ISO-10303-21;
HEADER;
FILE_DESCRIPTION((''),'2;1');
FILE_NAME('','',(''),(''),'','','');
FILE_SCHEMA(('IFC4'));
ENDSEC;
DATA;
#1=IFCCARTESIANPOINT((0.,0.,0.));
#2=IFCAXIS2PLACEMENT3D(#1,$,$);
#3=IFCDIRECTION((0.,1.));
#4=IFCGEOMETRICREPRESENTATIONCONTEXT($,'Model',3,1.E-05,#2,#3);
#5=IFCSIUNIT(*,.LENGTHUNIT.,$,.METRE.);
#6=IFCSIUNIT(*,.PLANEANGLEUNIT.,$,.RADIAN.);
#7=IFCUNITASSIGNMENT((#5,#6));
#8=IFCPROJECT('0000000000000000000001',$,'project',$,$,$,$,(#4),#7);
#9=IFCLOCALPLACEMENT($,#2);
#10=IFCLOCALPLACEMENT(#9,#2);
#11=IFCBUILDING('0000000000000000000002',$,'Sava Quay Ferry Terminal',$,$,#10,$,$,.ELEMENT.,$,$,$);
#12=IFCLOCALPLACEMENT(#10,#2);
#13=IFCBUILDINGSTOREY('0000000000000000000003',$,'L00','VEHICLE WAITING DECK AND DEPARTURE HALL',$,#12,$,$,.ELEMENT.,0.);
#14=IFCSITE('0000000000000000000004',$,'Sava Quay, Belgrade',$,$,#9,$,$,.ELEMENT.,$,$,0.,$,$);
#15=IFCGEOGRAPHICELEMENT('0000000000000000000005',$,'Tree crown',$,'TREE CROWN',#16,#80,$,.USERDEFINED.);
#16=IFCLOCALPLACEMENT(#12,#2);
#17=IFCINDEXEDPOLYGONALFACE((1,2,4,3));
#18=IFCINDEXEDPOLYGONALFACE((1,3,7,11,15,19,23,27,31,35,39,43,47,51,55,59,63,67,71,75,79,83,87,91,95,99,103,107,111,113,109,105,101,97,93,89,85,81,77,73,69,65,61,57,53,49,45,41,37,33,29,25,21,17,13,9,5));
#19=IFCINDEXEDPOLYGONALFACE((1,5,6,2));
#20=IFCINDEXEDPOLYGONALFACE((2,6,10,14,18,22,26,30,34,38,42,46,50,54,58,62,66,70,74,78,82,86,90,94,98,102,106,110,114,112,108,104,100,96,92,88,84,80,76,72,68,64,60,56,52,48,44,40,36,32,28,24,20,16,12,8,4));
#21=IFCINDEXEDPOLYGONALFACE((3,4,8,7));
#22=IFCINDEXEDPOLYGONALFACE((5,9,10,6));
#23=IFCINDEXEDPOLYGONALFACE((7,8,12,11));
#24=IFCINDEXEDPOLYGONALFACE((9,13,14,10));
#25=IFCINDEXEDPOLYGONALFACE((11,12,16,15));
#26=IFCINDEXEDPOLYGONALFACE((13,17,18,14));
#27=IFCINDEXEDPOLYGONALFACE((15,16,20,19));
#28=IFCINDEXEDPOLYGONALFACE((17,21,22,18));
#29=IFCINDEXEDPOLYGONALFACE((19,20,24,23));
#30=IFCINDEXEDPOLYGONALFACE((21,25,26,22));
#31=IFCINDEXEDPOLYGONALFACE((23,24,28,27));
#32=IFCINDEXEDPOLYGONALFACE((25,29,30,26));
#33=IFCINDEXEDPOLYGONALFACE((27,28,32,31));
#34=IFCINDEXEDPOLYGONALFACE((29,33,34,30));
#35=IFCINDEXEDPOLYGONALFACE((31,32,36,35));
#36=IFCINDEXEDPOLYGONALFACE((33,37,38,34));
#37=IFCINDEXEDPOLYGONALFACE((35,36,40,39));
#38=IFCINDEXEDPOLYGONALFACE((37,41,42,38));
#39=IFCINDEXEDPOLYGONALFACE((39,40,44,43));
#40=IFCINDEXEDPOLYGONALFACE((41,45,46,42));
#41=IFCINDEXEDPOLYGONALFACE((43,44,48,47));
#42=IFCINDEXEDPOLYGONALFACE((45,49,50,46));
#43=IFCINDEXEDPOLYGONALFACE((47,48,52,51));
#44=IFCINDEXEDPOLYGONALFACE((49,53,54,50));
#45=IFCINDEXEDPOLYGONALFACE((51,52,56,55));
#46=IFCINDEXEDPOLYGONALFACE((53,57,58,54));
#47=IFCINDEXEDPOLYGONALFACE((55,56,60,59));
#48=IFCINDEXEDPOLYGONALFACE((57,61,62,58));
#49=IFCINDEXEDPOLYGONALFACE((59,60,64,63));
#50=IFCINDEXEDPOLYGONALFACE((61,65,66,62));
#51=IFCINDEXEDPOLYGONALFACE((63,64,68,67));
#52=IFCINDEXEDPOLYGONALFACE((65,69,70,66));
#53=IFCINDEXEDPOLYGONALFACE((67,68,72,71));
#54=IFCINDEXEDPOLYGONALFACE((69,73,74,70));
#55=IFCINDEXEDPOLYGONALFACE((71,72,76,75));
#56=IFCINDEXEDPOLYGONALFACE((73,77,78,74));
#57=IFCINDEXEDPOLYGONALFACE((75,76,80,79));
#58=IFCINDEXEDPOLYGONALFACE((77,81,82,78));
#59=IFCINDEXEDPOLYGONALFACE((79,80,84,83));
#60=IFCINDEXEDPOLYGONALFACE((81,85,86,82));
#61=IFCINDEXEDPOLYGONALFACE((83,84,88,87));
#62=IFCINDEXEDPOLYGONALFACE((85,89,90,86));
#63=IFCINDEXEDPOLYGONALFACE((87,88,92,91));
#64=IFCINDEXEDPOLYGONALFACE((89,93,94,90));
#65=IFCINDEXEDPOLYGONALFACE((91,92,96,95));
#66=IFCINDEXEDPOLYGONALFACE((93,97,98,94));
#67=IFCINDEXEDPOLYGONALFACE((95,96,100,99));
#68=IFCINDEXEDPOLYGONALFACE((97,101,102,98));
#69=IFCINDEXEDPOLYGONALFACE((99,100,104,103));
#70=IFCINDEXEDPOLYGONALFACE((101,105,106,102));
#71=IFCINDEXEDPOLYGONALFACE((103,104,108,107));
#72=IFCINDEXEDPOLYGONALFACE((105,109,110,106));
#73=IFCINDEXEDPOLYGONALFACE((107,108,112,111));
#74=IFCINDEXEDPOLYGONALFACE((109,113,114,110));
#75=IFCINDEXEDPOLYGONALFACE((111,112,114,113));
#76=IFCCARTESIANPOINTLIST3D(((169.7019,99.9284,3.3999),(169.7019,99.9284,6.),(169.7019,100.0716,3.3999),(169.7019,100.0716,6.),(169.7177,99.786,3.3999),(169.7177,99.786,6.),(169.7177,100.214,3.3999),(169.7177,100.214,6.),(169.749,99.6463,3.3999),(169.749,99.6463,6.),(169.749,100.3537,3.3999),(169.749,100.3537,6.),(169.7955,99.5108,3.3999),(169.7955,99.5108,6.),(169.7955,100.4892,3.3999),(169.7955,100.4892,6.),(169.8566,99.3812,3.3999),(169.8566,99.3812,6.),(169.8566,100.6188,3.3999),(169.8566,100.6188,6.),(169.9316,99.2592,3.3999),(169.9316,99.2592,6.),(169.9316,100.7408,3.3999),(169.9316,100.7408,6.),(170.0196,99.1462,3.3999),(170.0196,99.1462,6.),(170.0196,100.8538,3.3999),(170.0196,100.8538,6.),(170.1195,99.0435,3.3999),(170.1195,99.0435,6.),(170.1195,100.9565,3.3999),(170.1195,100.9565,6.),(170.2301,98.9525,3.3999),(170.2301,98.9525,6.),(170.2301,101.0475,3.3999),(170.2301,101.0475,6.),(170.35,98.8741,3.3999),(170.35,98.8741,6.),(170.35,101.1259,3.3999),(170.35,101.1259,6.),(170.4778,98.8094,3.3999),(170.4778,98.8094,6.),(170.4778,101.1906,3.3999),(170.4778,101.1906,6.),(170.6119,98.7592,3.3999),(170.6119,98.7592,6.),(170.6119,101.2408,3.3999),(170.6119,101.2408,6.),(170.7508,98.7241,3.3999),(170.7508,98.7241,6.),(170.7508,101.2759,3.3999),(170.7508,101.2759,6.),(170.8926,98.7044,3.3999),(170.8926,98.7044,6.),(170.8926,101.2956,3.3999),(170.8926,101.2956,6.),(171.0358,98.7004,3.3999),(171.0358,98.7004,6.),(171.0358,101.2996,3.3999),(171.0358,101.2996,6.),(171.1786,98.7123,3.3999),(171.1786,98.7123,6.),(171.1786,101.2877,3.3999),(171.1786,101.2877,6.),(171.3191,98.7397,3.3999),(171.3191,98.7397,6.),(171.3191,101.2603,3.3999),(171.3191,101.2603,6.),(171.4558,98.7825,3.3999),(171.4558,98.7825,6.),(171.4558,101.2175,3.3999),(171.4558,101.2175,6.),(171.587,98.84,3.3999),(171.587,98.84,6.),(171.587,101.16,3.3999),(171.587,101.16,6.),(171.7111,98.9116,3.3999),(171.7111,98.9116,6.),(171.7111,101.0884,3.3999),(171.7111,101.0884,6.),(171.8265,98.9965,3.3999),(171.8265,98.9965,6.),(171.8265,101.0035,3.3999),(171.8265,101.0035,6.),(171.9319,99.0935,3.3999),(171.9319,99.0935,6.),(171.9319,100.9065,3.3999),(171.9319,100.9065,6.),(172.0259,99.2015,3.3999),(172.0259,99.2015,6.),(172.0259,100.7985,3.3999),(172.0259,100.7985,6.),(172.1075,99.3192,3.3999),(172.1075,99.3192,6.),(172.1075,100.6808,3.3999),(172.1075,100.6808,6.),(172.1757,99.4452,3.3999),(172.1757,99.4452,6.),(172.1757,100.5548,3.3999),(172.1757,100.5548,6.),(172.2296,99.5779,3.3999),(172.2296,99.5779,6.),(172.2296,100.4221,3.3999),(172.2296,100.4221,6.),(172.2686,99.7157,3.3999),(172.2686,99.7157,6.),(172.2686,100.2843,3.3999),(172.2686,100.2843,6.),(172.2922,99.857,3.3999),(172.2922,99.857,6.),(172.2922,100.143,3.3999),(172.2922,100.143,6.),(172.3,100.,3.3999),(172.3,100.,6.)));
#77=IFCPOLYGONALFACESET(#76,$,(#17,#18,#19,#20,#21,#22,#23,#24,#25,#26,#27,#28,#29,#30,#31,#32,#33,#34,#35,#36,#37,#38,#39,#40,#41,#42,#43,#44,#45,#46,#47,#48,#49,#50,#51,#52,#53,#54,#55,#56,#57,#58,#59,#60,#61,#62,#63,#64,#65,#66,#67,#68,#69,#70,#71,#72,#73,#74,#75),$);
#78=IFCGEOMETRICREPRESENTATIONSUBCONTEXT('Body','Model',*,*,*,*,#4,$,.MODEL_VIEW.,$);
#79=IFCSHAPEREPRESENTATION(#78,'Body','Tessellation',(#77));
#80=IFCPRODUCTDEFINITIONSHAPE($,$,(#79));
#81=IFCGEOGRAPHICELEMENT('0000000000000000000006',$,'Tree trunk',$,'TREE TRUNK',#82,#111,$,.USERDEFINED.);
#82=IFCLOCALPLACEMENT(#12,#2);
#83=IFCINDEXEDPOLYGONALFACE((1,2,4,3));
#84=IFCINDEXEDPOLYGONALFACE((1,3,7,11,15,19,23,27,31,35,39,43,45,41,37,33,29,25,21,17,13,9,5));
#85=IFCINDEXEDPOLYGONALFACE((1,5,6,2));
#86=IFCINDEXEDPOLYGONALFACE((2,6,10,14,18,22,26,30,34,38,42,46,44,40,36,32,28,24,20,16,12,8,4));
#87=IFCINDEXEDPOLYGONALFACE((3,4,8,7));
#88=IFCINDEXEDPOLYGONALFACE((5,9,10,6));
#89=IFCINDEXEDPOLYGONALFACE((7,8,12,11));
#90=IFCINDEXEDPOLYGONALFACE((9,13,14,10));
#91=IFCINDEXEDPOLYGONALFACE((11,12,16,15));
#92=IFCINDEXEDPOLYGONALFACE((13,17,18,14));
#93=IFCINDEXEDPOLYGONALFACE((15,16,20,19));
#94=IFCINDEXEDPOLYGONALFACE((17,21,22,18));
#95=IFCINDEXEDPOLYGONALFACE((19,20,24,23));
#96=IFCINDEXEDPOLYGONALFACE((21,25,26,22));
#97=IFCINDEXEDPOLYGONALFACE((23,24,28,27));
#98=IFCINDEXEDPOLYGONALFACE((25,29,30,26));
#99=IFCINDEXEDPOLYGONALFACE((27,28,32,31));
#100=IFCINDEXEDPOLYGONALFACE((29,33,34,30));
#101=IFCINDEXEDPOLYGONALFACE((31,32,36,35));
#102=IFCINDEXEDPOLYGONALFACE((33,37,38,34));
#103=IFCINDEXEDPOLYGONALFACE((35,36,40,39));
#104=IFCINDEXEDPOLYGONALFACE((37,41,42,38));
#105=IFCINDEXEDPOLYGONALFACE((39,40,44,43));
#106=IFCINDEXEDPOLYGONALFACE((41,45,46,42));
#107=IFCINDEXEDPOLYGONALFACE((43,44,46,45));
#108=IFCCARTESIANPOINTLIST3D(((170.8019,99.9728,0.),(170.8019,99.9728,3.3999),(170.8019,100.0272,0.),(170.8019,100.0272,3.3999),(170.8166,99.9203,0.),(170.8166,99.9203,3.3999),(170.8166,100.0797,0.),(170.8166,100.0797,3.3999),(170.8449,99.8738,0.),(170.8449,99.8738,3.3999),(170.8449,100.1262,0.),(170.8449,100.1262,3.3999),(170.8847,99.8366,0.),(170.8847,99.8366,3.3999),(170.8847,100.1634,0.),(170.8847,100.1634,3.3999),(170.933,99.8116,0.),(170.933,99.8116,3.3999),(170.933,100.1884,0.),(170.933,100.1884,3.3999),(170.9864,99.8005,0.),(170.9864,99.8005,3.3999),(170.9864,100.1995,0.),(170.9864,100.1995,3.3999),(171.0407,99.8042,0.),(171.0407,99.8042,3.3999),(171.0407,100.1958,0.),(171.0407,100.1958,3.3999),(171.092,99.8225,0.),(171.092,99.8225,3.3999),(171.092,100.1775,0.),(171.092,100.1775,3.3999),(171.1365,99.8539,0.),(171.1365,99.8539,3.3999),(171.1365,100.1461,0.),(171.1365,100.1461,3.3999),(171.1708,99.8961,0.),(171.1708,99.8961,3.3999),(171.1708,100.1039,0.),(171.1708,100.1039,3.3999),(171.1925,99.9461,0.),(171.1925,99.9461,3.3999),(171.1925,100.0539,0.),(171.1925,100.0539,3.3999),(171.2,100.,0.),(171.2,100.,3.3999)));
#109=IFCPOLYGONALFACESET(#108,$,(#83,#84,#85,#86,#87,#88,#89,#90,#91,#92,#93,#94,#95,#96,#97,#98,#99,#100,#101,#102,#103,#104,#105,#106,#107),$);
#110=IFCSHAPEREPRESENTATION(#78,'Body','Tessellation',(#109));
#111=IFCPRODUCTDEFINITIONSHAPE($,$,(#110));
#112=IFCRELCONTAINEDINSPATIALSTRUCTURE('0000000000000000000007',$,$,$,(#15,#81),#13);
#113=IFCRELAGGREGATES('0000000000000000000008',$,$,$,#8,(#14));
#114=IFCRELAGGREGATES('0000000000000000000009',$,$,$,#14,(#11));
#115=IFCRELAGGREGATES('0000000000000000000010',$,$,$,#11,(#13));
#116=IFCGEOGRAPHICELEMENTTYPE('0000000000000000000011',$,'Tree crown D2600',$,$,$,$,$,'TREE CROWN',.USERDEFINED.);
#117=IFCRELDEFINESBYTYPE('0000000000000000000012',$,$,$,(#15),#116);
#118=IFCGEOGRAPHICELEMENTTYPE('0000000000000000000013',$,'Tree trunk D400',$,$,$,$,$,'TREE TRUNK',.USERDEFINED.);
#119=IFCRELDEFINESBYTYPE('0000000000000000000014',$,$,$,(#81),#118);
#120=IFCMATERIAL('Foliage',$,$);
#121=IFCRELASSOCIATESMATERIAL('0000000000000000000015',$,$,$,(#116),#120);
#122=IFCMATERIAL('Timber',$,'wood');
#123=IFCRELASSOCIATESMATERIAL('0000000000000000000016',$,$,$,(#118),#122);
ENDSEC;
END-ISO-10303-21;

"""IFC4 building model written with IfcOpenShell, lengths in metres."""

from ifc_helpers import new_model, si_unit, direction, frame, origin, origin_2d, place, context, subcontext, project, spatial, circle, extrude, material, type_object, element, save


model = new_model("IFC4")

# Units and contexts
model_context = context("Model", 3, precision=1e-05, world=origin(), true_north=direction((0.0, 1.0)))
body_context = subcontext(model_context, "Body", "Model", "MODEL_VIEW")
ifc_project = project(units=[si_unit("LENGTHUNIT", "METRE"), si_unit("PLANEANGLEUNIT", "RADIAN")], contexts=[model_context])

# Site, building, storey
site_placement = place(None, origin())
site = spatial("IfcSite", under=ifc_project, at=site_placement, Name="Sava Quay, Belgrade", CompositionType="ELEMENT", RefElevation=0.0)
building_placement = place(site_placement, origin())
building = spatial("IfcBuilding", under=site, at=building_placement, Name="Sava Quay Ferry Terminal", CompositionType="ELEMENT")
storey_placement = place(building_placement, origin())
storey = spatial("IfcBuildingStorey", under=building, at=storey_placement, Name="L00", Description="VEHICLE WAITING DECK AND DEPARTURE HALL", CompositionType="ELEMENT", Elevation=0.0)

# Geographic elements
ifc_material_1 = material(Name="Foliage")
geographic_element_type_1 = type_object("IfcGeographicElementType", Name="Tree crown D2600", ElementType="TREE CROWN", PredefinedType="USERDEFINED", material=ifc_material_1)
geographic_element_1_placement = place(storey_placement, frame((171.0, 100.0, 6.0), z_axis=(0.0, 0.0, -1.0), x_axis=(1.0, 0.0, 0.0)))
element("IfcGeographicElement", 1, at=geographic_element_1_placement, inside=storey, type_object=geographic_element_type_1, Name="Tree crown", ObjectType="TREE CROWN", PredefinedType="USERDEFINED", context=body_context, shape_type="SweptSolid", body=[
    extrude(circle(Radius=1.3, at=origin_2d()), origin(), (0.0, 0.0, 1.0), 2.6001),
])
ifc_material_2 = material(Name="Timber", Category="wood")
geographic_element_type_2 = type_object("IfcGeographicElementType", Name="Tree trunk D400", ElementType="TREE TRUNK", PredefinedType="USERDEFINED", material=ifc_material_2)
geographic_element_2_placement = place(storey_placement, frame((171.0, 100.0, 3.3999), z_axis=(0.0, 0.0, -1.0), x_axis=(1.0, 0.0, 0.0)))
element("IfcGeographicElement", 2, at=geographic_element_2_placement, inside=storey, type_object=geographic_element_type_2, Name="Tree trunk", ObjectType="TREE TRUNK", PredefinedType="USERDEFINED", context=body_context, shape_type="SweptSolid", body=[
    extrude(circle(Radius=0.2, at=origin_2d()), origin(), (0.0, 0.0, 1.0), 3.3999),
])

save(model, "model.ifc")
